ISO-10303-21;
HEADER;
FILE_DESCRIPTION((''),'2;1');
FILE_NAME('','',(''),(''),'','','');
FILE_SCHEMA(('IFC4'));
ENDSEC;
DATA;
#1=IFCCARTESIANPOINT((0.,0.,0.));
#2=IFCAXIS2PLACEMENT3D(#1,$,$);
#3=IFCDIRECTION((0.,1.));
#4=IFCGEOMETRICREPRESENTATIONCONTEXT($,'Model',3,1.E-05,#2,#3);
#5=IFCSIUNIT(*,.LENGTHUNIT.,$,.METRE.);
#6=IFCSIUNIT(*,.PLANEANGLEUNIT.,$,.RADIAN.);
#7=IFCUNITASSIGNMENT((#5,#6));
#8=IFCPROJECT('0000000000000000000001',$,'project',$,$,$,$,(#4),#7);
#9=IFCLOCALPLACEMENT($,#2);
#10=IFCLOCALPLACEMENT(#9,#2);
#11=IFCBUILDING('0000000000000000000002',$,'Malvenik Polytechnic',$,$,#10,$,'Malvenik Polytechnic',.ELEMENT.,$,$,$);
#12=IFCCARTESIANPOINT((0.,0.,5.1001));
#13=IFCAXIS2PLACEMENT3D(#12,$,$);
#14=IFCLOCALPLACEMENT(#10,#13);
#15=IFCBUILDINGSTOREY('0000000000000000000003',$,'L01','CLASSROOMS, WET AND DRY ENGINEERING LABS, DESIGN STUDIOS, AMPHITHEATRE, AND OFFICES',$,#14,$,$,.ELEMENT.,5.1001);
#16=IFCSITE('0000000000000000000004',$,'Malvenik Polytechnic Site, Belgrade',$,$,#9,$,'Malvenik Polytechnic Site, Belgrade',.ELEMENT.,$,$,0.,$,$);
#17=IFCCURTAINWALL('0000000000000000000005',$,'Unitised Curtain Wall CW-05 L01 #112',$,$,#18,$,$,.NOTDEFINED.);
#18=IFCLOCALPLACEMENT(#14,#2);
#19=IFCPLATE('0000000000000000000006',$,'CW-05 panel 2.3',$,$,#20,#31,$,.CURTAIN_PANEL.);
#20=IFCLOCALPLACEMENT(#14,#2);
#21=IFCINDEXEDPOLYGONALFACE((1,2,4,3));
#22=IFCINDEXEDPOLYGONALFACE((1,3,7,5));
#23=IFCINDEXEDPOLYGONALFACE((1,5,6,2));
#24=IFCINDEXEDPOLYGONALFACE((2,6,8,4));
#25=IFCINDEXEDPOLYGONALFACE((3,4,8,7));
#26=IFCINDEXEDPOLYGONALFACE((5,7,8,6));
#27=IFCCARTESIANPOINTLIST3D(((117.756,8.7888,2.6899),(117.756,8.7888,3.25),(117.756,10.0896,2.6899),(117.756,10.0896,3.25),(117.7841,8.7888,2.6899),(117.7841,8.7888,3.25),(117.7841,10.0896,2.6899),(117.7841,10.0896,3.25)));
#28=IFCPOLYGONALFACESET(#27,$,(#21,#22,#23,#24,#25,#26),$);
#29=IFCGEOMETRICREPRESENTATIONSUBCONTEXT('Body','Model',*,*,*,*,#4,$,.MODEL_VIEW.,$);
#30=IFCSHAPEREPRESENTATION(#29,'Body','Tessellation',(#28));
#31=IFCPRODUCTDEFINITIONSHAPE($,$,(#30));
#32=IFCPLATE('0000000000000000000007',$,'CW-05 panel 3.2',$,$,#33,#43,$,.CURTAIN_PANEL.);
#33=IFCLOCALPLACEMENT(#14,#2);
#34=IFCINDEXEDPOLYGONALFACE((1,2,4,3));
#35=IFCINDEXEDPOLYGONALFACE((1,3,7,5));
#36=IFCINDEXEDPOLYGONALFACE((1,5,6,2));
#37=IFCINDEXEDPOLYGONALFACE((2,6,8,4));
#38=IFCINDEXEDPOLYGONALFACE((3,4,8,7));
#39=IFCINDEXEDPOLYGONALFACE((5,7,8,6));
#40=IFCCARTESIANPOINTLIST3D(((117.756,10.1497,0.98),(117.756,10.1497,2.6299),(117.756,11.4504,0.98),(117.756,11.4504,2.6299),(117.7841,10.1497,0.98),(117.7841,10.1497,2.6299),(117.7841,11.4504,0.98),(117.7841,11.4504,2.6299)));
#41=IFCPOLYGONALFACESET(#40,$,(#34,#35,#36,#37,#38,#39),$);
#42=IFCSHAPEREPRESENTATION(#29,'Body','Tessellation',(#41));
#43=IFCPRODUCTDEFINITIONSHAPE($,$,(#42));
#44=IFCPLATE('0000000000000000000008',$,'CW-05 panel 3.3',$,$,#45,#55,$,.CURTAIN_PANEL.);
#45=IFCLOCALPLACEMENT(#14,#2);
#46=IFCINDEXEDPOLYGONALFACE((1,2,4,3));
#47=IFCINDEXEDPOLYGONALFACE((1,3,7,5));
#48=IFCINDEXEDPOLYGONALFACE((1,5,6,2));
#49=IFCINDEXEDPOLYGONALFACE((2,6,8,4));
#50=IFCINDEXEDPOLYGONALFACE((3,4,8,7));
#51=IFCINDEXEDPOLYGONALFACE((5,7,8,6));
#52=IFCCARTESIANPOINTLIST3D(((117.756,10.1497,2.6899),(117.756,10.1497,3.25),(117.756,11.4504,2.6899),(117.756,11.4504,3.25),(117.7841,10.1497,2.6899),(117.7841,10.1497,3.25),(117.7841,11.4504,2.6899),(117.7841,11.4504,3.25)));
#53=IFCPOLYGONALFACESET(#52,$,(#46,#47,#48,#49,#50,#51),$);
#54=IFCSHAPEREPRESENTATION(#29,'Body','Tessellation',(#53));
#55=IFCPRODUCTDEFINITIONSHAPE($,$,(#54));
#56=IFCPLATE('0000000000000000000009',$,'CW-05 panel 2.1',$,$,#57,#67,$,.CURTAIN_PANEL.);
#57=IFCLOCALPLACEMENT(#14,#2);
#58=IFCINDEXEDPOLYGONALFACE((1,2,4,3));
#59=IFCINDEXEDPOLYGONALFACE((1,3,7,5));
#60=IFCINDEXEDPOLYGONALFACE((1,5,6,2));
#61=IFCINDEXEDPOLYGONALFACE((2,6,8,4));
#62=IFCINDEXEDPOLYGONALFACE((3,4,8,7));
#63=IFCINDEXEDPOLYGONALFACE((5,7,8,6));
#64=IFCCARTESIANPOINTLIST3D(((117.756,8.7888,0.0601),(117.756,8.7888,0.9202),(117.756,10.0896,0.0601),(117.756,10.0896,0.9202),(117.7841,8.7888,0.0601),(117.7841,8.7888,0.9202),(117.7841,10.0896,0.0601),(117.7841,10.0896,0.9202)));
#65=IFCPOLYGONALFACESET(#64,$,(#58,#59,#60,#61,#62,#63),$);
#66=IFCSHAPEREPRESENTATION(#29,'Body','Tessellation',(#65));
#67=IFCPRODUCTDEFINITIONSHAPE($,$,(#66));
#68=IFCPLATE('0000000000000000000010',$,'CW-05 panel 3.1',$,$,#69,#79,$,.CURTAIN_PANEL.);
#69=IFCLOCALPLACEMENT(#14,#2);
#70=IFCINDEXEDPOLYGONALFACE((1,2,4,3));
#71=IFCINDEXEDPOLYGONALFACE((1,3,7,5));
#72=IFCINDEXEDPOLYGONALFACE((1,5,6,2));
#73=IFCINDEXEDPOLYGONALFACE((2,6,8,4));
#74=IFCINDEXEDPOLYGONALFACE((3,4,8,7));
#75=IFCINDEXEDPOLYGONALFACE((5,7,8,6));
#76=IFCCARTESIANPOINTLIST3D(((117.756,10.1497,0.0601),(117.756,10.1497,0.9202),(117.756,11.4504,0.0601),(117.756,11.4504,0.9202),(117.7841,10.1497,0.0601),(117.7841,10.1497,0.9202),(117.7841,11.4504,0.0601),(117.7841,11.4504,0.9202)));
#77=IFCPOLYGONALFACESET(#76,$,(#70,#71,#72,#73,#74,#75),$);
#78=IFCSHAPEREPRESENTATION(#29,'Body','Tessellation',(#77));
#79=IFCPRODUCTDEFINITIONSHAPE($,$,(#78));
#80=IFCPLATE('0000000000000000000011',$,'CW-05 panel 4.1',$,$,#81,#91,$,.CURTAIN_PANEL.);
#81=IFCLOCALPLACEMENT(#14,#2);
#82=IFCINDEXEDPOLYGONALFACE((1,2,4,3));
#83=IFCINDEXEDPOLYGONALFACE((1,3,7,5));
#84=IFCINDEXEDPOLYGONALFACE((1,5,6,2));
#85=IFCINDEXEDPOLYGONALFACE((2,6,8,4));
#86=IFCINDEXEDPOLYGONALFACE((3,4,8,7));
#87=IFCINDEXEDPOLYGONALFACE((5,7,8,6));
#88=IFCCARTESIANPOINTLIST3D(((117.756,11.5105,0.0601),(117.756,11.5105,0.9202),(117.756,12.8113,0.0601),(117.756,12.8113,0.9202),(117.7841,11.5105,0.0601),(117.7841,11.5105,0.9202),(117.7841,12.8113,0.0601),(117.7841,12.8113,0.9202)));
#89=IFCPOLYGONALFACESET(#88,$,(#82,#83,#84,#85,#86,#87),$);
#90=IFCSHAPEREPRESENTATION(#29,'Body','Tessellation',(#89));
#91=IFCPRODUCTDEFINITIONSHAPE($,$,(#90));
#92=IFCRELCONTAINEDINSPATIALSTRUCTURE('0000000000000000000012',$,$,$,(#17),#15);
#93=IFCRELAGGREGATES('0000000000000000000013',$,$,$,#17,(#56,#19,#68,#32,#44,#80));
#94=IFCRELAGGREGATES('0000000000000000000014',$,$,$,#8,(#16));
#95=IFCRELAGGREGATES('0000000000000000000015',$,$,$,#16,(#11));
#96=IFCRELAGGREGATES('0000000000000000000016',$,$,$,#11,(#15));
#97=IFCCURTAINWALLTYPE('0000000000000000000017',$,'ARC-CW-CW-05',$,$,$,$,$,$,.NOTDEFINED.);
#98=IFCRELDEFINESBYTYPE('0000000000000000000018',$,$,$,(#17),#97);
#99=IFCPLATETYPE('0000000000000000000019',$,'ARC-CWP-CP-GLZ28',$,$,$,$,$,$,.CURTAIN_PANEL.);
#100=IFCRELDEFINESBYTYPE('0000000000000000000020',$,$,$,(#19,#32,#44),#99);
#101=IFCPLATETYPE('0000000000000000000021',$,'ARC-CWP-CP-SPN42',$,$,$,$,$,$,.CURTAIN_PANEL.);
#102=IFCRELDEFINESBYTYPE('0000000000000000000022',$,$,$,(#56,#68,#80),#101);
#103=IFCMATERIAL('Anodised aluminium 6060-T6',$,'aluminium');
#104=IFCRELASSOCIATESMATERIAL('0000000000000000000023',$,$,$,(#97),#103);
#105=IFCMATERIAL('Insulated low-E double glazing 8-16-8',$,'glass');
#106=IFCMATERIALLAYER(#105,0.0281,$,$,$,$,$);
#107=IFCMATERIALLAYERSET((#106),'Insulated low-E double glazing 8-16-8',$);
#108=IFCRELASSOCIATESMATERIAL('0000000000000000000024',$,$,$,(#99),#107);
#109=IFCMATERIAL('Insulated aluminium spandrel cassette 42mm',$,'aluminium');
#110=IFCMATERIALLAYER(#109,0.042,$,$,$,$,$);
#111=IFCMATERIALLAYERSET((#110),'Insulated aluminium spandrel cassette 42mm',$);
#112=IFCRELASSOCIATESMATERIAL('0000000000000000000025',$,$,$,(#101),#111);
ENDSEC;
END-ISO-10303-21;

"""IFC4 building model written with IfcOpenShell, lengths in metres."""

from ifc_helpers import new_model, si_unit, direction, frame, origin, origin_2d, place, context, subcontext, project, spatial, rectangle, extrude, material, layer, layer_set, type_object, element, aggregate, save


model = new_model("IFC4")

# Units and contexts
model_context = context("Model", 3, precision=1e-05, world=origin(), true_north=direction((0.0, 1.0)))
body_context = subcontext(model_context, "Body", "Model", "MODEL_VIEW")
ifc_project = project(units=[si_unit("LENGTHUNIT", "METRE"), si_unit("PLANEANGLEUNIT", "RADIAN")], contexts=[model_context])

# Site, building, storey
site_placement = place(None, origin())
site = spatial("IfcSite", under=ifc_project, at=site_placement, Name="Malvenik Polytechnic Site, Belgrade", LongName="Malvenik Polytechnic Site, Belgrade", CompositionType="ELEMENT", RefElevation=0.0)
building_placement = place(site_placement, origin())
building = spatial("IfcBuilding", under=site, at=building_placement, Name="Malvenik Polytechnic", LongName="Malvenik Polytechnic", CompositionType="ELEMENT")
storey_placement = place(building_placement, frame((0.0, 0.0, 5.1001)))
storey = spatial("IfcBuildingStorey", under=building, at=storey_placement, Name="L01", Description="CLASSROOMS, WET AND DRY ENGINEERING LABS, DESIGN STUDIOS, AMPHITHEATRE, AND OFFICES", CompositionType="ELEMENT", Elevation=5.1001)

# Curtain wall
ifc_material_1 = material(Name="Anodised aluminium 6060-T6", Category="aluminium")
curtain_wall_type = type_object("IfcCurtainWallType", Name="ARC-CW-CW-05", PredefinedType="NOTDEFINED", material=ifc_material_1)
curtain_wall_placement = place(storey_placement, origin())
curtain_wall = element("IfcCurtainWall", 1, at=curtain_wall_placement, inside=storey, type_object=curtain_wall_type, Name="Unitised Curtain Wall CW-05 L01 #112", PredefinedType="NOTDEFINED")

# Plates
ifc_material_2 = material(Name="Insulated low-E double glazing 8-16-8", Category="glass")
ifc_layer_1 = layer(ifc_material_2, 0.0281)
ifc_layer_set_1 = layer_set([ifc_layer_1], Name="Insulated low-E double glazing 8-16-8")
plate_type_1 = type_object("IfcPlateType", Name="ARC-CWP-CP-GLZ28", PredefinedType="CURTAIN_PANEL", material=ifc_layer_set_1)
plate_1_placement = place(storey_placement, frame((117.77, 9.4392, 2.6899), z_axis=(0.0, 0.0, 1.0), x_axis=(0.0, 1.0, 0.0)))
plate_1 = element("IfcPlate", 2, at=plate_1_placement, type_object=plate_type_1, Name="CW-05 panel 2.3", PredefinedType="CURTAIN_PANEL", context=body_context, shape_type="SweptSolid", body=[
    extrude(rectangle(XDim=1.3008, YDim=0.0281, at=origin_2d()), origin(), (0.0, 0.0, 1.0), 0.5601),
])
plate_2_placement = place(storey_placement, frame((117.77, 10.8, 0.98), z_axis=(0.0, 0.0, 1.0), x_axis=(0.0, 1.0, 0.0)))
plate_2 = element("IfcPlate", 3, at=plate_2_placement, type_object=plate_type_1, Name="CW-05 panel 3.2", PredefinedType="CURTAIN_PANEL", context=body_context, shape_type="SweptSolid", body=[
    extrude(rectangle(XDim=1.3008, YDim=0.0281, at=origin_2d()), origin(), (0.0, 0.0, 1.0), 1.6499),
])
plate_3_placement = place(storey_placement, frame((117.77, 10.8, 2.6899), z_axis=(0.0, 0.0, 1.0), x_axis=(0.0, 1.0, 0.0)))
plate_3 = element("IfcPlate", 4, at=plate_3_placement, type_object=plate_type_1, Name="CW-05 panel 3.3", PredefinedType="CURTAIN_PANEL", context=body_context, shape_type="SweptSolid", body=[
    extrude(rectangle(XDim=1.3008, YDim=0.0281, at=origin_2d()), origin(), (0.0, 0.0, 1.0), 0.5601),
])
ifc_material_3 = material(Name="Insulated aluminium spandrel cassette 42mm", Category="aluminium")
ifc_layer_2 = layer(ifc_material_3, 0.042)
ifc_layer_set_2 = layer_set([ifc_layer_2], Name="Insulated aluminium spandrel cassette 42mm")
plate_type_2 = type_object("IfcPlateType", Name="ARC-CWP-CP-SPN42", PredefinedType="CURTAIN_PANEL", material=ifc_layer_set_2)
plate_4_placement = place(storey_placement, frame((117.77, 9.4392, 0.0601), z_axis=(0.0, 0.0, 1.0), x_axis=(0.0, 1.0, 0.0)))
plate_4 = element("IfcPlate", 5, at=plate_4_placement, type_object=plate_type_2, Name="CW-05 panel 2.1", PredefinedType="CURTAIN_PANEL", context=body_context, shape_type="SweptSolid", body=[
    extrude(rectangle(XDim=1.3008, YDim=0.0281, at=origin_2d()), origin(), (0.0, 0.0, 1.0), 0.8601),
])
plate_5_placement = place(storey_placement, frame((117.77, 10.8, 0.0601), z_axis=(0.0, 0.0, 1.0), x_axis=(0.0, 1.0, 0.0)))
plate_5 = element("IfcPlate", 6, at=plate_5_placement, type_object=plate_type_2, Name="CW-05 panel 3.1", PredefinedType="CURTAIN_PANEL", context=body_context, shape_type="SweptSolid", body=[
    extrude(rectangle(XDim=1.3008, YDim=0.0281, at=origin_2d()), origin(), (0.0, 0.0, 1.0), 0.8601),
])
plate_6_placement = place(storey_placement, frame((117.77, 12.1609, 0.0601), z_axis=(0.0, 0.0, 1.0), x_axis=(0.0, 1.0, 0.0)))
plate_6 = element("IfcPlate", 7, at=plate_6_placement, type_object=plate_type_2, Name="CW-05 panel 4.1", PredefinedType="CURTAIN_PANEL", context=body_context, shape_type="SweptSolid", body=[
    extrude(rectangle(XDim=1.3008, YDim=0.0281, at=origin_2d()), origin(), (0.0, 0.0, 1.0), 0.8601),
])
aggregate(curtain_wall, [plate_4, plate_1, plate_5, plate_2, plate_3, plate_6])

save(model, "model.ifc")
